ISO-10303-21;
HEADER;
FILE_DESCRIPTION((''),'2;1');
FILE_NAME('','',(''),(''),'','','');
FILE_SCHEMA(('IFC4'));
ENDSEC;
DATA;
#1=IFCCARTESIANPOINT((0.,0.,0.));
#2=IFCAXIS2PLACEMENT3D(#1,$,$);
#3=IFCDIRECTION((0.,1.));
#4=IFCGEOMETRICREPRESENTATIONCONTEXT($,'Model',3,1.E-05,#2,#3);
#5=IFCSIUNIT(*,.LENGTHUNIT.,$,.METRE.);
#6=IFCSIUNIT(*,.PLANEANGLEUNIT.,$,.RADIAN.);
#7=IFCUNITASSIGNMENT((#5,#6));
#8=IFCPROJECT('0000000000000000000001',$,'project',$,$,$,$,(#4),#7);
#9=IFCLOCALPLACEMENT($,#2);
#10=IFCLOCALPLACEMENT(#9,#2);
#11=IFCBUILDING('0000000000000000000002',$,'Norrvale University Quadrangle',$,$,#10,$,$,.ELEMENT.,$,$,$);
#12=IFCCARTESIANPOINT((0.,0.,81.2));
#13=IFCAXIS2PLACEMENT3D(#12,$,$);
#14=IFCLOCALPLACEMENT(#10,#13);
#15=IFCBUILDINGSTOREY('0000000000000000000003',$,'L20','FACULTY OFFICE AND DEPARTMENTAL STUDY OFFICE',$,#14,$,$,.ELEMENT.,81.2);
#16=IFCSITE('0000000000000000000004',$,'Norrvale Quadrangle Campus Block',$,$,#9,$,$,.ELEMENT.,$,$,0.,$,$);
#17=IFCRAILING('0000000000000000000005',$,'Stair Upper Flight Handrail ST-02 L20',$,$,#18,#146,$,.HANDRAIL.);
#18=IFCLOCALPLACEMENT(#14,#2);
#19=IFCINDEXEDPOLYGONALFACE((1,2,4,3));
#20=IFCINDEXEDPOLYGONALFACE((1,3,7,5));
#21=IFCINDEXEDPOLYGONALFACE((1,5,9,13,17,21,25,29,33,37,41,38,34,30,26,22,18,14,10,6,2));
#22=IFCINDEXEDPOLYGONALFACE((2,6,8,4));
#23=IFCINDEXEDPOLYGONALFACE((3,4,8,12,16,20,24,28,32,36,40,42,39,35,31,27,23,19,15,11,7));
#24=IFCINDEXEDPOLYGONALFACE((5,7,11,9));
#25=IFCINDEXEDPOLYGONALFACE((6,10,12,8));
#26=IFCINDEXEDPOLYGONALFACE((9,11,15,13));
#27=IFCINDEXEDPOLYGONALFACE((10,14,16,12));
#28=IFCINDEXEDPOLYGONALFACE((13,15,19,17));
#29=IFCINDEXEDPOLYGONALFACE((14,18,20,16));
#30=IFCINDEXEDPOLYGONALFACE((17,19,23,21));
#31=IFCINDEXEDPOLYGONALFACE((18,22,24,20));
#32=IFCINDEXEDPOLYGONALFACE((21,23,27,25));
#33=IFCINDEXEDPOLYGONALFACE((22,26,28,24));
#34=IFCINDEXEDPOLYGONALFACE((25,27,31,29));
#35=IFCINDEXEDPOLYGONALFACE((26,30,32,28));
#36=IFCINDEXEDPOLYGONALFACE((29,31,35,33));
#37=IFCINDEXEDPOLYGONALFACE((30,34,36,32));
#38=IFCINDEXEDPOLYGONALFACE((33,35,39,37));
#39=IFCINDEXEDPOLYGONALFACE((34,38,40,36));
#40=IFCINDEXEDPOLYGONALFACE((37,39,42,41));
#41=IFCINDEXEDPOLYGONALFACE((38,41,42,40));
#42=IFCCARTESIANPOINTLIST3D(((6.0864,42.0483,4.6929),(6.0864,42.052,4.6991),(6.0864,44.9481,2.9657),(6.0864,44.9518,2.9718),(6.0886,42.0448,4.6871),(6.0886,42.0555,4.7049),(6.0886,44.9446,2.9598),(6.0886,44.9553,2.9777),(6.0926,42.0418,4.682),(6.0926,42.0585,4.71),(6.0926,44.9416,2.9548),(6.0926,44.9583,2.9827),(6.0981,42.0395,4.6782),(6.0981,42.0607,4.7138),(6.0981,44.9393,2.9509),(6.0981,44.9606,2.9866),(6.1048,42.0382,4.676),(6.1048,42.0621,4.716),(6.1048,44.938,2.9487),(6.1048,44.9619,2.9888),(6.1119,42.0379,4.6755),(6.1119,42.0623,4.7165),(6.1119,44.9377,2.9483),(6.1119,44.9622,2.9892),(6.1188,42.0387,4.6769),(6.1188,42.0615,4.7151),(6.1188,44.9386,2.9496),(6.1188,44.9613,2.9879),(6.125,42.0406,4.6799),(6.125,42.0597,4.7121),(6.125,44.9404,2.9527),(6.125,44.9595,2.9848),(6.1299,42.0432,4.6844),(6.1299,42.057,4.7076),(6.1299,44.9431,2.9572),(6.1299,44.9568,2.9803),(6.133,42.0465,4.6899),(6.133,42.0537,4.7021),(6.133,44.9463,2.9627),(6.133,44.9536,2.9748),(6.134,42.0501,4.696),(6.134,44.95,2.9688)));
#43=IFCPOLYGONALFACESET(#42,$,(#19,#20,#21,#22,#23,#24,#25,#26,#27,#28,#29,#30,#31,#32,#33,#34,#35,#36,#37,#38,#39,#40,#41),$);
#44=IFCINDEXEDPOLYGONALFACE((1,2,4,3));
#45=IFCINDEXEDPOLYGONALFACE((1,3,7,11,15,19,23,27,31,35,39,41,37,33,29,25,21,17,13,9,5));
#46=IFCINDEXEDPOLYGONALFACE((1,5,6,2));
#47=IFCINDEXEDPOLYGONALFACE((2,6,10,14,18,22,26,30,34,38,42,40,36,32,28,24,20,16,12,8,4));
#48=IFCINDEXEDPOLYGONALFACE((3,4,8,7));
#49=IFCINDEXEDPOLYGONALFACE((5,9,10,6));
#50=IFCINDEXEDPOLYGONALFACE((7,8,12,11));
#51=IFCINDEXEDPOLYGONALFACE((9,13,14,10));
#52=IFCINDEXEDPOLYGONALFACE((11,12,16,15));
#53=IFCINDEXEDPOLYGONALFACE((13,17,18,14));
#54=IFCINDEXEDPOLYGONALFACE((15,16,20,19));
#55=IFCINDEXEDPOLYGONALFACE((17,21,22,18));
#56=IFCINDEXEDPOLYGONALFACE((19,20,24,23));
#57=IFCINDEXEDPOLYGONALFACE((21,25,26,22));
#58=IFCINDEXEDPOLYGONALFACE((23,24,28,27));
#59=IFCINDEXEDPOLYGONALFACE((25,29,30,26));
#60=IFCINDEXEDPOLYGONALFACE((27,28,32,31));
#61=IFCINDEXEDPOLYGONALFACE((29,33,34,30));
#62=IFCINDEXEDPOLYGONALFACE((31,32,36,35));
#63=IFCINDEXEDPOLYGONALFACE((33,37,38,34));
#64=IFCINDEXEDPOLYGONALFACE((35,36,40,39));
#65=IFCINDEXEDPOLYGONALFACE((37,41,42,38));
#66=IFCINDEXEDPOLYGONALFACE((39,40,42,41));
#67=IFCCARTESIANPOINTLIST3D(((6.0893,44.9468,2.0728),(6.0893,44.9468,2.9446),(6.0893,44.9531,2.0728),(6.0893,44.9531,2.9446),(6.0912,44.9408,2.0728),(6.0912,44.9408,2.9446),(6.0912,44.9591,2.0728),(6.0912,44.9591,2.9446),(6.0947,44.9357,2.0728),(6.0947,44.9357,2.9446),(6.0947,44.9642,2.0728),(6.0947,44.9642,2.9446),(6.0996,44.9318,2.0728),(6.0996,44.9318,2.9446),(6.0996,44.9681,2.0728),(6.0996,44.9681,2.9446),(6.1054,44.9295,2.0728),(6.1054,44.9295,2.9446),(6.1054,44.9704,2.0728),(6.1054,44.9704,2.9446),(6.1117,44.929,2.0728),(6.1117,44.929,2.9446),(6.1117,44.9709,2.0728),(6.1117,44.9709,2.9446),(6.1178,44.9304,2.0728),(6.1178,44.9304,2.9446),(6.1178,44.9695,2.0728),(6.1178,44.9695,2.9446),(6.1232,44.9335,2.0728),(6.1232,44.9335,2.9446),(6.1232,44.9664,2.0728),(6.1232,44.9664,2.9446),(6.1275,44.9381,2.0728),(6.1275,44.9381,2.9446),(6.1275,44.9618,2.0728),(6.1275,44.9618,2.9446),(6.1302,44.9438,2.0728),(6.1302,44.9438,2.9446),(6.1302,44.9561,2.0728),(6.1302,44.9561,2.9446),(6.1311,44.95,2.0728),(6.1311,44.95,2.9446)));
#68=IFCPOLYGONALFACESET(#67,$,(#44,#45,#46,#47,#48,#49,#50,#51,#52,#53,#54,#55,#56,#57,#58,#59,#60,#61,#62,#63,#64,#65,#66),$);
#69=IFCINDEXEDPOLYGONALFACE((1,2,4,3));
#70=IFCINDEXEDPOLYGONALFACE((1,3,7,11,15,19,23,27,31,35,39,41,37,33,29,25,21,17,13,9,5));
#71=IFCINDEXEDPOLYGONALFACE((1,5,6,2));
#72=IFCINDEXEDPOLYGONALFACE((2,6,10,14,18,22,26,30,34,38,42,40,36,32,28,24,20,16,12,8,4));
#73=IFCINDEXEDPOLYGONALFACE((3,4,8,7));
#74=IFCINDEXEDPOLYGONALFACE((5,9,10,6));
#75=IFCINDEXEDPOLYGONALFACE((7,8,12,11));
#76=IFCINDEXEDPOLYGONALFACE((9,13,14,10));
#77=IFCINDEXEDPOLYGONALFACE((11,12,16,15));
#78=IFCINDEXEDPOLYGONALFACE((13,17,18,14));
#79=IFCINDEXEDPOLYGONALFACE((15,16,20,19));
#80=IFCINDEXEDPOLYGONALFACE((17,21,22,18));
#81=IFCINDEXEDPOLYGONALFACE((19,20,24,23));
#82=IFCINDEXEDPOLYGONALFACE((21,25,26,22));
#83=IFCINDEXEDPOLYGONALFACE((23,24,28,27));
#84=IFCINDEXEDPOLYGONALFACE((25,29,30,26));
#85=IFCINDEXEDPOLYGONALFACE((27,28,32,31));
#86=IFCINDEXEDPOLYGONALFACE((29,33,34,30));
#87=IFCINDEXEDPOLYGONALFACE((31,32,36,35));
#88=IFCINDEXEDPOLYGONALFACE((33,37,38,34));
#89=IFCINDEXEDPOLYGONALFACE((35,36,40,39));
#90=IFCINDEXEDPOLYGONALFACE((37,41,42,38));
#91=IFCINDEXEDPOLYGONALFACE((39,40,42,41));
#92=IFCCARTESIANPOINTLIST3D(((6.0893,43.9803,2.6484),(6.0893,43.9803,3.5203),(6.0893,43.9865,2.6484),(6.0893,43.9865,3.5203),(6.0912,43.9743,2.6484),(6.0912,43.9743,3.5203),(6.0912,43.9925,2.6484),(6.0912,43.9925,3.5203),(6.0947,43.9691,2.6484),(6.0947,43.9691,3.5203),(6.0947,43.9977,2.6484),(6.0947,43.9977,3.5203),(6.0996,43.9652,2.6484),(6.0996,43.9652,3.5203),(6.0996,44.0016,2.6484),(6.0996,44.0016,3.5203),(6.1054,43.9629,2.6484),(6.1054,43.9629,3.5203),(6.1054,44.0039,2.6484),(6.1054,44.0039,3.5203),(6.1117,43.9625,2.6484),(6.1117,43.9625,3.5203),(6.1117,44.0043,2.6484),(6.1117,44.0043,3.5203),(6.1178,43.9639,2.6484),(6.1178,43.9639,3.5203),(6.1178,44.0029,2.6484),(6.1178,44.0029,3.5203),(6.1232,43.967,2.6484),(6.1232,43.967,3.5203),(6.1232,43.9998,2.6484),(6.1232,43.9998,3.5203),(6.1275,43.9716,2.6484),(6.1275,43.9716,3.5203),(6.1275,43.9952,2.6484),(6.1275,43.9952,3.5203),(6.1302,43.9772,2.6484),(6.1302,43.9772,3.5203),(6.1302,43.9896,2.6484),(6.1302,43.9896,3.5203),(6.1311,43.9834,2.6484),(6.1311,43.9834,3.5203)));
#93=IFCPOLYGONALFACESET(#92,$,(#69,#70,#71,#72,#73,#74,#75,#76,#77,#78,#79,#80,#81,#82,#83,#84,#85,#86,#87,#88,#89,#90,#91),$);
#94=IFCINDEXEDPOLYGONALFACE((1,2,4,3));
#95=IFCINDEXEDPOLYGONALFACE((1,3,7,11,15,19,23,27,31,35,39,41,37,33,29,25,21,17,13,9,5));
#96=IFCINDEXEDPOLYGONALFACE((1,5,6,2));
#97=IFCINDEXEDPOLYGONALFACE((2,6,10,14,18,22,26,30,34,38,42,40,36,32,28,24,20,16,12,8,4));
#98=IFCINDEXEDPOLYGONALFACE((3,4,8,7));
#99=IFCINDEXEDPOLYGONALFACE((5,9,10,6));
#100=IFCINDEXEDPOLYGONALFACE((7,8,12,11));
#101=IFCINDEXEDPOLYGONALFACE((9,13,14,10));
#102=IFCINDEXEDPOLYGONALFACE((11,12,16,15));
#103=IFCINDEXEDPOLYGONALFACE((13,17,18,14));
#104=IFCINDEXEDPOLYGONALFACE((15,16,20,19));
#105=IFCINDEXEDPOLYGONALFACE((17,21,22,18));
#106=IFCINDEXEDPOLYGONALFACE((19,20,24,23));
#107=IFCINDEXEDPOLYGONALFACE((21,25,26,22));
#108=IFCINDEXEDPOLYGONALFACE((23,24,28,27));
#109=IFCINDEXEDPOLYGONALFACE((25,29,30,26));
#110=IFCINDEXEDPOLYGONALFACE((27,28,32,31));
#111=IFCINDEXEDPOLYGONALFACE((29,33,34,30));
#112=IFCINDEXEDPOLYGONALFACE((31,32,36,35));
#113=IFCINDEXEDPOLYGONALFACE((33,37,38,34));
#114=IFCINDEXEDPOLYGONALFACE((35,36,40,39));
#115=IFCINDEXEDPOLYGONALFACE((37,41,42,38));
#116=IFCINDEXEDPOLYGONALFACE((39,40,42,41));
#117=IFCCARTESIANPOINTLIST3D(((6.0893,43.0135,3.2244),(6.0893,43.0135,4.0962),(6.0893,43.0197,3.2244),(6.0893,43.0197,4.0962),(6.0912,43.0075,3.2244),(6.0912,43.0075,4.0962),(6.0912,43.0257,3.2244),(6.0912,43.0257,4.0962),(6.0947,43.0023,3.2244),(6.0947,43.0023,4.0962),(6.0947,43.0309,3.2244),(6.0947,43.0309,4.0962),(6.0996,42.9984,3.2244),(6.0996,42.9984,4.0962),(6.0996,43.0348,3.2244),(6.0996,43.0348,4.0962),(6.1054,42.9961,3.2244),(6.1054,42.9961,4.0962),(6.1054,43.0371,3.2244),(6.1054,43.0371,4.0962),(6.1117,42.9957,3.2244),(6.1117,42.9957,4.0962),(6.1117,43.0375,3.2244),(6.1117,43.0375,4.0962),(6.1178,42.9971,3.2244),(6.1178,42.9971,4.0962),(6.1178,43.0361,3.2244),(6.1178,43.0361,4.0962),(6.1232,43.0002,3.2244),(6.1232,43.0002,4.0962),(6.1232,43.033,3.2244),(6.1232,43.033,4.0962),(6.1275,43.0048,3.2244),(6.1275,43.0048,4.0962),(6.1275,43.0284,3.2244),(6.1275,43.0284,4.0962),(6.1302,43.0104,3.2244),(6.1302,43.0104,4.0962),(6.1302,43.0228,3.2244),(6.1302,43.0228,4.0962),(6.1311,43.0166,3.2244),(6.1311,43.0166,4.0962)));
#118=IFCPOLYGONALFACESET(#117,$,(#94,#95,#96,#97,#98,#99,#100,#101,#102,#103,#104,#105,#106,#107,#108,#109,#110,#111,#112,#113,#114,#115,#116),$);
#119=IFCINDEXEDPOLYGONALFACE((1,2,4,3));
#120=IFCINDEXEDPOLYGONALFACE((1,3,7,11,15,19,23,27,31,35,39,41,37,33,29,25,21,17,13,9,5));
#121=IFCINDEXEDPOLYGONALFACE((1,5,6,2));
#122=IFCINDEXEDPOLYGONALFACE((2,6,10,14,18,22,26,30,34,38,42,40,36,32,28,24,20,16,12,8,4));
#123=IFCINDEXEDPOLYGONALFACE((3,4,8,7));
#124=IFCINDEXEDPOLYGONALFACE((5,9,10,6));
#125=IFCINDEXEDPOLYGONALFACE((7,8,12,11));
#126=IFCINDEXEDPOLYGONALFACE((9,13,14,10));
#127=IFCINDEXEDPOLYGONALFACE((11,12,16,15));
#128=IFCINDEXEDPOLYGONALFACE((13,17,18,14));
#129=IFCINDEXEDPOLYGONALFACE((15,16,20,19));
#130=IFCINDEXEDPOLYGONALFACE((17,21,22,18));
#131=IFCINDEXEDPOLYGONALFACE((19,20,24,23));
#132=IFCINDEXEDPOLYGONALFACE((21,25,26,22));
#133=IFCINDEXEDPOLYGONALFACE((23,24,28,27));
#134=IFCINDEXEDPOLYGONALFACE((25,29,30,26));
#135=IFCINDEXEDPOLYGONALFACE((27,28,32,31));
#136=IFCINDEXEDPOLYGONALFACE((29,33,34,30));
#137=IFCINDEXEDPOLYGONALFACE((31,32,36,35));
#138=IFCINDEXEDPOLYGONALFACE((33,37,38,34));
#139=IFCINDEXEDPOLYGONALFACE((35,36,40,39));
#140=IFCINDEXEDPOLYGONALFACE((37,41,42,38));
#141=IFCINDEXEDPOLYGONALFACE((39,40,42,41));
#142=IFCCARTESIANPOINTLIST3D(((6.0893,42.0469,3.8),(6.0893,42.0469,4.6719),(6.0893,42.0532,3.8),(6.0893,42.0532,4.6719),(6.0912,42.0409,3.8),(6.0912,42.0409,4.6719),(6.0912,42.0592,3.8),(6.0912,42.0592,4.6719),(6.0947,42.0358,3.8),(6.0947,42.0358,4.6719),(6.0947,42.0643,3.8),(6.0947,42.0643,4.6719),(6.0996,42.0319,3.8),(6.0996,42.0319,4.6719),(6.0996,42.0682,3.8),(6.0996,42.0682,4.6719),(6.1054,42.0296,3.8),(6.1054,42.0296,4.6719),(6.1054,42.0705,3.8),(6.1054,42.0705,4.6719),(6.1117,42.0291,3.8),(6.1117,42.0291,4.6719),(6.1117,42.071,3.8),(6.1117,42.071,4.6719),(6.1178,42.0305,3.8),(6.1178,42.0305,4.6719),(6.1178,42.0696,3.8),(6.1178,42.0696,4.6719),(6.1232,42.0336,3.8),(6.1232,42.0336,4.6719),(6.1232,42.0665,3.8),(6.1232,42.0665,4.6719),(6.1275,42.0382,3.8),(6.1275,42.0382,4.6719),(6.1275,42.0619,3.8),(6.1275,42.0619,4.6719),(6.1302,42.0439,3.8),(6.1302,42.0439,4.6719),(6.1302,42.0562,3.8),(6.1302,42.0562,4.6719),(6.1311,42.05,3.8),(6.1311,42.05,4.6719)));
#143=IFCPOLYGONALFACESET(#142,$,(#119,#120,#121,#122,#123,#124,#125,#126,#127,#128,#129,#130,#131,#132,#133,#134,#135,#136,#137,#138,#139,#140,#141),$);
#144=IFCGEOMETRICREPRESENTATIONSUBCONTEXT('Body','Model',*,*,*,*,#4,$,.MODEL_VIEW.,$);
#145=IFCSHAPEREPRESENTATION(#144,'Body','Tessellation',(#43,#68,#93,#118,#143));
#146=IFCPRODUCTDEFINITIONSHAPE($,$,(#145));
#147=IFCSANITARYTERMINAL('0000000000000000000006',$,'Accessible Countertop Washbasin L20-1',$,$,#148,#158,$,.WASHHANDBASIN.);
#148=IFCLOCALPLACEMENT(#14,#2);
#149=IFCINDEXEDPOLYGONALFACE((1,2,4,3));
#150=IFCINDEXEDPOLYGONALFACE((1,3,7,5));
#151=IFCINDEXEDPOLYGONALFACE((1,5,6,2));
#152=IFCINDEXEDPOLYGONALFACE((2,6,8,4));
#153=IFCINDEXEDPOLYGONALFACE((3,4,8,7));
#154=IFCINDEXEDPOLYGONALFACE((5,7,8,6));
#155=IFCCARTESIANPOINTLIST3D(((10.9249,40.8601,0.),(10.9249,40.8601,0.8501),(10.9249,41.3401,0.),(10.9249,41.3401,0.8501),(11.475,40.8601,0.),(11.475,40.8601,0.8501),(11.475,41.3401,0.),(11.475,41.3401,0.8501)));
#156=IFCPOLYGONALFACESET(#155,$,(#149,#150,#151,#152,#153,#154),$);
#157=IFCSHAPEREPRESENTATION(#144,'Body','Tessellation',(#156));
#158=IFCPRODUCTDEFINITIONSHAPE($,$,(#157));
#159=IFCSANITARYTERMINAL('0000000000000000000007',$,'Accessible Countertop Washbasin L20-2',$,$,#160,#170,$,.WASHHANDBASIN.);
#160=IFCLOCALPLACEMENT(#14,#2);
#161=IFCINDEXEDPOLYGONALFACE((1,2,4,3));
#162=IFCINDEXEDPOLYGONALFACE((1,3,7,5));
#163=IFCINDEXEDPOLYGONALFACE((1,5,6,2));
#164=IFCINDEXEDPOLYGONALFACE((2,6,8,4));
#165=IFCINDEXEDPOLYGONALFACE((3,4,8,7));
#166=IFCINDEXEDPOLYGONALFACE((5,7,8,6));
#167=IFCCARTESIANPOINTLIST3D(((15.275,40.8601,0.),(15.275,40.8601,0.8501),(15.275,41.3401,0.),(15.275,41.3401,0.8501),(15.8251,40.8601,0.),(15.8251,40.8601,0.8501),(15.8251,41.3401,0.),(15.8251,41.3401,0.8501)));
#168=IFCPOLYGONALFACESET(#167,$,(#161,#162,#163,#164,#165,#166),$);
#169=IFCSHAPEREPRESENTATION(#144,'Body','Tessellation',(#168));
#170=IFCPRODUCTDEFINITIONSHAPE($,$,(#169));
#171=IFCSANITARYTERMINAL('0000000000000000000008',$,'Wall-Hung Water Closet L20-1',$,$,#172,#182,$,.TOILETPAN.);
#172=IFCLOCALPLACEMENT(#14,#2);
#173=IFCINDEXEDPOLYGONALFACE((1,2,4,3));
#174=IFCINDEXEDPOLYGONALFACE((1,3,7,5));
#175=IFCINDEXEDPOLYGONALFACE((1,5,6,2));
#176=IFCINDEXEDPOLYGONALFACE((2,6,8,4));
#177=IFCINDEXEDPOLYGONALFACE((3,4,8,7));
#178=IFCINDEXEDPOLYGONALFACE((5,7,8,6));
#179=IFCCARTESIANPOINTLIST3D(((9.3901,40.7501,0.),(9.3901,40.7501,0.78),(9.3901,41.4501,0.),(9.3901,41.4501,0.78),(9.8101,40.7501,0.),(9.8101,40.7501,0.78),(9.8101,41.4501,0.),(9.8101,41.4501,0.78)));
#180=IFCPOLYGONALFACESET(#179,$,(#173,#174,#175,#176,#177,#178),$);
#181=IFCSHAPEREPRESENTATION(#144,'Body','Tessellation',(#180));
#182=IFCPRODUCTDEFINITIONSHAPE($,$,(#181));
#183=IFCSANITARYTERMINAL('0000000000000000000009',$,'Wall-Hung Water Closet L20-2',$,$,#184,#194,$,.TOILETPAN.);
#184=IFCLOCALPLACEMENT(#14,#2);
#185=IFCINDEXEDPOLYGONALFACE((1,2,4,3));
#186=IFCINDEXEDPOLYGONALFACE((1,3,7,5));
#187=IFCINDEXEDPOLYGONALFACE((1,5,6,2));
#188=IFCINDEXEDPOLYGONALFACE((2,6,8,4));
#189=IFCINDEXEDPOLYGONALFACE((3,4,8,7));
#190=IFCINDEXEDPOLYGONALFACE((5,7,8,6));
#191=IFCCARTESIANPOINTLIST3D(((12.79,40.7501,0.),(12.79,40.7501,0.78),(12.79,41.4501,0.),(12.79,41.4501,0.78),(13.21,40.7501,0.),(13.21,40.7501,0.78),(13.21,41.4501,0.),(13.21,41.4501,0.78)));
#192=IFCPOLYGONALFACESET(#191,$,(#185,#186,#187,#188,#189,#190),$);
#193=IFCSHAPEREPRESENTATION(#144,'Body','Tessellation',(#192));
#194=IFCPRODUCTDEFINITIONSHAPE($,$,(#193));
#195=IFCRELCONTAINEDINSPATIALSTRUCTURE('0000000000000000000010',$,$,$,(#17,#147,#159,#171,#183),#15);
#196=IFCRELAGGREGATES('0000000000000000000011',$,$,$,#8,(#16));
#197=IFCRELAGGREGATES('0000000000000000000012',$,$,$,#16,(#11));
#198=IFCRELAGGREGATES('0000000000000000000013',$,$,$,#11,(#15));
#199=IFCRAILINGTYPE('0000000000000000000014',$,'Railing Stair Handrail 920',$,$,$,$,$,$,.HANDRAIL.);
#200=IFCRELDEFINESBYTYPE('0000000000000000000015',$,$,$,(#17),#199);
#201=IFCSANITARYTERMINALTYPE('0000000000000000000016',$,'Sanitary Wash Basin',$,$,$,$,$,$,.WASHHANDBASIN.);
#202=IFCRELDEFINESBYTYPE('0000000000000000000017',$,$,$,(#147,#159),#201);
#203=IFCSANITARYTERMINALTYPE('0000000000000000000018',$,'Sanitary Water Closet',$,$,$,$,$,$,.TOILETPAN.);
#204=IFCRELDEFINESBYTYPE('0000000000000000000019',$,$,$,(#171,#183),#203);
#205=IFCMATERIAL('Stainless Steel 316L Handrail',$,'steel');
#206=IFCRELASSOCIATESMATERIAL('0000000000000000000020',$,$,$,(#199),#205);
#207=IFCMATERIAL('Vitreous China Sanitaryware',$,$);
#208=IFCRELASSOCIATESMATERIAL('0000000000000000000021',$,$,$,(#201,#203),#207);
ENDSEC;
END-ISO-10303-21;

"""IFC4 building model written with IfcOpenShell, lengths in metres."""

from ifc_helpers import new_model, si_unit, direction, frame, origin, origin_2d, place, context, subcontext, project, spatial, rectangle, circle, extrude, material, type_object, element, save


model = new_model("IFC4")

# Units and contexts
model_context = context("Model", 3, precision=1e-05, world=origin(), true_north=direction((0.0, 1.0)))
body_context = subcontext(model_context, "Body", "Model", "MODEL_VIEW")
ifc_project = project(units=[si_unit("LENGTHUNIT", "METRE"), si_unit("PLANEANGLEUNIT", "RADIAN")], contexts=[model_context])

# Site, building, storey
site_placement = place(None, origin())
site = spatial("IfcSite", under=ifc_project, at=site_placement, Name="Norrvale Quadrangle Campus Block", CompositionType="ELEMENT", RefElevation=0.0)
building_placement = place(site_placement, origin())
building = spatial("IfcBuilding", under=site, at=building_placement, Name="Norrvale University Quadrangle", CompositionType="ELEMENT")
storey_placement = place(building_placement, frame((0.0, 0.0, 81.2)))
storey = spatial("IfcBuildingStorey", under=building, at=storey_placement, Name="L20", Description="FACULTY OFFICE AND DEPARTMENTAL STUDY OFFICE", CompositionType="ELEMENT", Elevation=81.2)

# Railing
ifc_material_1 = material(Name="Stainless Steel 316L Handrail", Category="steel")
railing_type_1 = type_object("IfcRailingType", Name="Railing Stair Handrail 920", PredefinedType="HANDRAIL", material=ifc_material_1)
railing_1_placement = place(storey_placement, frame((6.1101, 44.95, 2.0728)))
element("IfcRailing", 1, at=railing_1_placement, inside=storey, type_object=railing_type_1, Name="Stair Upper Flight Handrail ST-02 L20", PredefinedType="HANDRAIL", context=body_context, shape_type="SweptSolid", body=[
    extrude(circle(Radius=0.0239, at=origin_2d()), frame((0.0, 0.0, 0.896), z_axis=(0.0, -0.859141, 0.511738), x_axis=(1.0, 0.0, 0.0)), (0.0, 0.0, 1.0), 3.3752),
    extrude(circle(Radius=0.021, at=origin_2d()), origin(), (0.0, 0.0, 1.0), 0.8718),
    extrude(circle(Radius=0.021, at=origin_2d()), frame((0.0, -0.9666, 0.5757)), (0.0, 0.0, 1.0), 0.8718),
    extrude(circle(Radius=0.021, at=origin_2d()), frame((0.0, -1.9333, 1.1516)), (0.0, 0.0, 1.0), 0.8718),
    extrude(circle(Radius=0.021, at=origin_2d()), frame((0.0, -2.8999, 1.7273)), (0.0, 0.0, 1.0), 0.8718),
])

# Sanitary terminals
ifc_material_2 = material(Name="Vitreous China Sanitaryware")
sanitary_terminal_type_1 = type_object("IfcSanitaryTerminalType", Name="Sanitary Wash Basin", PredefinedType="WASHHANDBASIN", material=ifc_material_2)
for number, where, z_axis, x_axis, name in (
    (2, (11.2, 41.1001, 0.0), (0.0, 0.0, 1.0), (1.0, 0.0, 0.0), "Accessible Countertop Washbasin L20-1"),
    (3, (15.55, 41.1001, 0.0), (0.0, 0.0, 1.0), (1.0, 0.0, 0.0), "Accessible Countertop Washbasin L20-2"),
):
    element("IfcSanitaryTerminal", number, at=place(storey_placement, frame(where, z_axis=z_axis, x_axis=x_axis)), inside=storey, type_object=sanitary_terminal_type_1, Name=name, PredefinedType="WASHHANDBASIN", context=body_context, shape_type="SweptSolid", body=[
        extrude(rectangle(XDim=0.55, YDim=0.48, at=origin_2d()), origin(), (0.0, 0.0, 1.0), 0.8501),
    ])
sanitary_terminal_type_2 = type_object("IfcSanitaryTerminalType", Name="Sanitary Water Closet", PredefinedType="TOILETPAN", material=ifc_material_2)
for number, where, z_axis, x_axis, name in (
    (4, (9.6001, 41.1001, 0.0), (0.0, 0.0, 1.0), (1.0, 0.0, 0.0), "Wall-Hung Water Closet L20-1"),
    (5, (13.0, 41.1001, 0.0), (0.0, 0.0, 1.0), (1.0, 0.0, 0.0), "Wall-Hung Water Closet L20-2"),
):
    element("IfcSanitaryTerminal", number, at=place(storey_placement, frame(where, z_axis=z_axis, x_axis=x_axis)), inside=storey, type_object=sanitary_terminal_type_2, Name=name, PredefinedType="TOILETPAN", context=body_context, shape_type="SweptSolid", body=[
        extrude(rectangle(XDim=0.4199, YDim=0.7, at=origin_2d()), origin(), (0.0, 0.0, 1.0), 0.78),
    ])

save(model, "model.ifc")
